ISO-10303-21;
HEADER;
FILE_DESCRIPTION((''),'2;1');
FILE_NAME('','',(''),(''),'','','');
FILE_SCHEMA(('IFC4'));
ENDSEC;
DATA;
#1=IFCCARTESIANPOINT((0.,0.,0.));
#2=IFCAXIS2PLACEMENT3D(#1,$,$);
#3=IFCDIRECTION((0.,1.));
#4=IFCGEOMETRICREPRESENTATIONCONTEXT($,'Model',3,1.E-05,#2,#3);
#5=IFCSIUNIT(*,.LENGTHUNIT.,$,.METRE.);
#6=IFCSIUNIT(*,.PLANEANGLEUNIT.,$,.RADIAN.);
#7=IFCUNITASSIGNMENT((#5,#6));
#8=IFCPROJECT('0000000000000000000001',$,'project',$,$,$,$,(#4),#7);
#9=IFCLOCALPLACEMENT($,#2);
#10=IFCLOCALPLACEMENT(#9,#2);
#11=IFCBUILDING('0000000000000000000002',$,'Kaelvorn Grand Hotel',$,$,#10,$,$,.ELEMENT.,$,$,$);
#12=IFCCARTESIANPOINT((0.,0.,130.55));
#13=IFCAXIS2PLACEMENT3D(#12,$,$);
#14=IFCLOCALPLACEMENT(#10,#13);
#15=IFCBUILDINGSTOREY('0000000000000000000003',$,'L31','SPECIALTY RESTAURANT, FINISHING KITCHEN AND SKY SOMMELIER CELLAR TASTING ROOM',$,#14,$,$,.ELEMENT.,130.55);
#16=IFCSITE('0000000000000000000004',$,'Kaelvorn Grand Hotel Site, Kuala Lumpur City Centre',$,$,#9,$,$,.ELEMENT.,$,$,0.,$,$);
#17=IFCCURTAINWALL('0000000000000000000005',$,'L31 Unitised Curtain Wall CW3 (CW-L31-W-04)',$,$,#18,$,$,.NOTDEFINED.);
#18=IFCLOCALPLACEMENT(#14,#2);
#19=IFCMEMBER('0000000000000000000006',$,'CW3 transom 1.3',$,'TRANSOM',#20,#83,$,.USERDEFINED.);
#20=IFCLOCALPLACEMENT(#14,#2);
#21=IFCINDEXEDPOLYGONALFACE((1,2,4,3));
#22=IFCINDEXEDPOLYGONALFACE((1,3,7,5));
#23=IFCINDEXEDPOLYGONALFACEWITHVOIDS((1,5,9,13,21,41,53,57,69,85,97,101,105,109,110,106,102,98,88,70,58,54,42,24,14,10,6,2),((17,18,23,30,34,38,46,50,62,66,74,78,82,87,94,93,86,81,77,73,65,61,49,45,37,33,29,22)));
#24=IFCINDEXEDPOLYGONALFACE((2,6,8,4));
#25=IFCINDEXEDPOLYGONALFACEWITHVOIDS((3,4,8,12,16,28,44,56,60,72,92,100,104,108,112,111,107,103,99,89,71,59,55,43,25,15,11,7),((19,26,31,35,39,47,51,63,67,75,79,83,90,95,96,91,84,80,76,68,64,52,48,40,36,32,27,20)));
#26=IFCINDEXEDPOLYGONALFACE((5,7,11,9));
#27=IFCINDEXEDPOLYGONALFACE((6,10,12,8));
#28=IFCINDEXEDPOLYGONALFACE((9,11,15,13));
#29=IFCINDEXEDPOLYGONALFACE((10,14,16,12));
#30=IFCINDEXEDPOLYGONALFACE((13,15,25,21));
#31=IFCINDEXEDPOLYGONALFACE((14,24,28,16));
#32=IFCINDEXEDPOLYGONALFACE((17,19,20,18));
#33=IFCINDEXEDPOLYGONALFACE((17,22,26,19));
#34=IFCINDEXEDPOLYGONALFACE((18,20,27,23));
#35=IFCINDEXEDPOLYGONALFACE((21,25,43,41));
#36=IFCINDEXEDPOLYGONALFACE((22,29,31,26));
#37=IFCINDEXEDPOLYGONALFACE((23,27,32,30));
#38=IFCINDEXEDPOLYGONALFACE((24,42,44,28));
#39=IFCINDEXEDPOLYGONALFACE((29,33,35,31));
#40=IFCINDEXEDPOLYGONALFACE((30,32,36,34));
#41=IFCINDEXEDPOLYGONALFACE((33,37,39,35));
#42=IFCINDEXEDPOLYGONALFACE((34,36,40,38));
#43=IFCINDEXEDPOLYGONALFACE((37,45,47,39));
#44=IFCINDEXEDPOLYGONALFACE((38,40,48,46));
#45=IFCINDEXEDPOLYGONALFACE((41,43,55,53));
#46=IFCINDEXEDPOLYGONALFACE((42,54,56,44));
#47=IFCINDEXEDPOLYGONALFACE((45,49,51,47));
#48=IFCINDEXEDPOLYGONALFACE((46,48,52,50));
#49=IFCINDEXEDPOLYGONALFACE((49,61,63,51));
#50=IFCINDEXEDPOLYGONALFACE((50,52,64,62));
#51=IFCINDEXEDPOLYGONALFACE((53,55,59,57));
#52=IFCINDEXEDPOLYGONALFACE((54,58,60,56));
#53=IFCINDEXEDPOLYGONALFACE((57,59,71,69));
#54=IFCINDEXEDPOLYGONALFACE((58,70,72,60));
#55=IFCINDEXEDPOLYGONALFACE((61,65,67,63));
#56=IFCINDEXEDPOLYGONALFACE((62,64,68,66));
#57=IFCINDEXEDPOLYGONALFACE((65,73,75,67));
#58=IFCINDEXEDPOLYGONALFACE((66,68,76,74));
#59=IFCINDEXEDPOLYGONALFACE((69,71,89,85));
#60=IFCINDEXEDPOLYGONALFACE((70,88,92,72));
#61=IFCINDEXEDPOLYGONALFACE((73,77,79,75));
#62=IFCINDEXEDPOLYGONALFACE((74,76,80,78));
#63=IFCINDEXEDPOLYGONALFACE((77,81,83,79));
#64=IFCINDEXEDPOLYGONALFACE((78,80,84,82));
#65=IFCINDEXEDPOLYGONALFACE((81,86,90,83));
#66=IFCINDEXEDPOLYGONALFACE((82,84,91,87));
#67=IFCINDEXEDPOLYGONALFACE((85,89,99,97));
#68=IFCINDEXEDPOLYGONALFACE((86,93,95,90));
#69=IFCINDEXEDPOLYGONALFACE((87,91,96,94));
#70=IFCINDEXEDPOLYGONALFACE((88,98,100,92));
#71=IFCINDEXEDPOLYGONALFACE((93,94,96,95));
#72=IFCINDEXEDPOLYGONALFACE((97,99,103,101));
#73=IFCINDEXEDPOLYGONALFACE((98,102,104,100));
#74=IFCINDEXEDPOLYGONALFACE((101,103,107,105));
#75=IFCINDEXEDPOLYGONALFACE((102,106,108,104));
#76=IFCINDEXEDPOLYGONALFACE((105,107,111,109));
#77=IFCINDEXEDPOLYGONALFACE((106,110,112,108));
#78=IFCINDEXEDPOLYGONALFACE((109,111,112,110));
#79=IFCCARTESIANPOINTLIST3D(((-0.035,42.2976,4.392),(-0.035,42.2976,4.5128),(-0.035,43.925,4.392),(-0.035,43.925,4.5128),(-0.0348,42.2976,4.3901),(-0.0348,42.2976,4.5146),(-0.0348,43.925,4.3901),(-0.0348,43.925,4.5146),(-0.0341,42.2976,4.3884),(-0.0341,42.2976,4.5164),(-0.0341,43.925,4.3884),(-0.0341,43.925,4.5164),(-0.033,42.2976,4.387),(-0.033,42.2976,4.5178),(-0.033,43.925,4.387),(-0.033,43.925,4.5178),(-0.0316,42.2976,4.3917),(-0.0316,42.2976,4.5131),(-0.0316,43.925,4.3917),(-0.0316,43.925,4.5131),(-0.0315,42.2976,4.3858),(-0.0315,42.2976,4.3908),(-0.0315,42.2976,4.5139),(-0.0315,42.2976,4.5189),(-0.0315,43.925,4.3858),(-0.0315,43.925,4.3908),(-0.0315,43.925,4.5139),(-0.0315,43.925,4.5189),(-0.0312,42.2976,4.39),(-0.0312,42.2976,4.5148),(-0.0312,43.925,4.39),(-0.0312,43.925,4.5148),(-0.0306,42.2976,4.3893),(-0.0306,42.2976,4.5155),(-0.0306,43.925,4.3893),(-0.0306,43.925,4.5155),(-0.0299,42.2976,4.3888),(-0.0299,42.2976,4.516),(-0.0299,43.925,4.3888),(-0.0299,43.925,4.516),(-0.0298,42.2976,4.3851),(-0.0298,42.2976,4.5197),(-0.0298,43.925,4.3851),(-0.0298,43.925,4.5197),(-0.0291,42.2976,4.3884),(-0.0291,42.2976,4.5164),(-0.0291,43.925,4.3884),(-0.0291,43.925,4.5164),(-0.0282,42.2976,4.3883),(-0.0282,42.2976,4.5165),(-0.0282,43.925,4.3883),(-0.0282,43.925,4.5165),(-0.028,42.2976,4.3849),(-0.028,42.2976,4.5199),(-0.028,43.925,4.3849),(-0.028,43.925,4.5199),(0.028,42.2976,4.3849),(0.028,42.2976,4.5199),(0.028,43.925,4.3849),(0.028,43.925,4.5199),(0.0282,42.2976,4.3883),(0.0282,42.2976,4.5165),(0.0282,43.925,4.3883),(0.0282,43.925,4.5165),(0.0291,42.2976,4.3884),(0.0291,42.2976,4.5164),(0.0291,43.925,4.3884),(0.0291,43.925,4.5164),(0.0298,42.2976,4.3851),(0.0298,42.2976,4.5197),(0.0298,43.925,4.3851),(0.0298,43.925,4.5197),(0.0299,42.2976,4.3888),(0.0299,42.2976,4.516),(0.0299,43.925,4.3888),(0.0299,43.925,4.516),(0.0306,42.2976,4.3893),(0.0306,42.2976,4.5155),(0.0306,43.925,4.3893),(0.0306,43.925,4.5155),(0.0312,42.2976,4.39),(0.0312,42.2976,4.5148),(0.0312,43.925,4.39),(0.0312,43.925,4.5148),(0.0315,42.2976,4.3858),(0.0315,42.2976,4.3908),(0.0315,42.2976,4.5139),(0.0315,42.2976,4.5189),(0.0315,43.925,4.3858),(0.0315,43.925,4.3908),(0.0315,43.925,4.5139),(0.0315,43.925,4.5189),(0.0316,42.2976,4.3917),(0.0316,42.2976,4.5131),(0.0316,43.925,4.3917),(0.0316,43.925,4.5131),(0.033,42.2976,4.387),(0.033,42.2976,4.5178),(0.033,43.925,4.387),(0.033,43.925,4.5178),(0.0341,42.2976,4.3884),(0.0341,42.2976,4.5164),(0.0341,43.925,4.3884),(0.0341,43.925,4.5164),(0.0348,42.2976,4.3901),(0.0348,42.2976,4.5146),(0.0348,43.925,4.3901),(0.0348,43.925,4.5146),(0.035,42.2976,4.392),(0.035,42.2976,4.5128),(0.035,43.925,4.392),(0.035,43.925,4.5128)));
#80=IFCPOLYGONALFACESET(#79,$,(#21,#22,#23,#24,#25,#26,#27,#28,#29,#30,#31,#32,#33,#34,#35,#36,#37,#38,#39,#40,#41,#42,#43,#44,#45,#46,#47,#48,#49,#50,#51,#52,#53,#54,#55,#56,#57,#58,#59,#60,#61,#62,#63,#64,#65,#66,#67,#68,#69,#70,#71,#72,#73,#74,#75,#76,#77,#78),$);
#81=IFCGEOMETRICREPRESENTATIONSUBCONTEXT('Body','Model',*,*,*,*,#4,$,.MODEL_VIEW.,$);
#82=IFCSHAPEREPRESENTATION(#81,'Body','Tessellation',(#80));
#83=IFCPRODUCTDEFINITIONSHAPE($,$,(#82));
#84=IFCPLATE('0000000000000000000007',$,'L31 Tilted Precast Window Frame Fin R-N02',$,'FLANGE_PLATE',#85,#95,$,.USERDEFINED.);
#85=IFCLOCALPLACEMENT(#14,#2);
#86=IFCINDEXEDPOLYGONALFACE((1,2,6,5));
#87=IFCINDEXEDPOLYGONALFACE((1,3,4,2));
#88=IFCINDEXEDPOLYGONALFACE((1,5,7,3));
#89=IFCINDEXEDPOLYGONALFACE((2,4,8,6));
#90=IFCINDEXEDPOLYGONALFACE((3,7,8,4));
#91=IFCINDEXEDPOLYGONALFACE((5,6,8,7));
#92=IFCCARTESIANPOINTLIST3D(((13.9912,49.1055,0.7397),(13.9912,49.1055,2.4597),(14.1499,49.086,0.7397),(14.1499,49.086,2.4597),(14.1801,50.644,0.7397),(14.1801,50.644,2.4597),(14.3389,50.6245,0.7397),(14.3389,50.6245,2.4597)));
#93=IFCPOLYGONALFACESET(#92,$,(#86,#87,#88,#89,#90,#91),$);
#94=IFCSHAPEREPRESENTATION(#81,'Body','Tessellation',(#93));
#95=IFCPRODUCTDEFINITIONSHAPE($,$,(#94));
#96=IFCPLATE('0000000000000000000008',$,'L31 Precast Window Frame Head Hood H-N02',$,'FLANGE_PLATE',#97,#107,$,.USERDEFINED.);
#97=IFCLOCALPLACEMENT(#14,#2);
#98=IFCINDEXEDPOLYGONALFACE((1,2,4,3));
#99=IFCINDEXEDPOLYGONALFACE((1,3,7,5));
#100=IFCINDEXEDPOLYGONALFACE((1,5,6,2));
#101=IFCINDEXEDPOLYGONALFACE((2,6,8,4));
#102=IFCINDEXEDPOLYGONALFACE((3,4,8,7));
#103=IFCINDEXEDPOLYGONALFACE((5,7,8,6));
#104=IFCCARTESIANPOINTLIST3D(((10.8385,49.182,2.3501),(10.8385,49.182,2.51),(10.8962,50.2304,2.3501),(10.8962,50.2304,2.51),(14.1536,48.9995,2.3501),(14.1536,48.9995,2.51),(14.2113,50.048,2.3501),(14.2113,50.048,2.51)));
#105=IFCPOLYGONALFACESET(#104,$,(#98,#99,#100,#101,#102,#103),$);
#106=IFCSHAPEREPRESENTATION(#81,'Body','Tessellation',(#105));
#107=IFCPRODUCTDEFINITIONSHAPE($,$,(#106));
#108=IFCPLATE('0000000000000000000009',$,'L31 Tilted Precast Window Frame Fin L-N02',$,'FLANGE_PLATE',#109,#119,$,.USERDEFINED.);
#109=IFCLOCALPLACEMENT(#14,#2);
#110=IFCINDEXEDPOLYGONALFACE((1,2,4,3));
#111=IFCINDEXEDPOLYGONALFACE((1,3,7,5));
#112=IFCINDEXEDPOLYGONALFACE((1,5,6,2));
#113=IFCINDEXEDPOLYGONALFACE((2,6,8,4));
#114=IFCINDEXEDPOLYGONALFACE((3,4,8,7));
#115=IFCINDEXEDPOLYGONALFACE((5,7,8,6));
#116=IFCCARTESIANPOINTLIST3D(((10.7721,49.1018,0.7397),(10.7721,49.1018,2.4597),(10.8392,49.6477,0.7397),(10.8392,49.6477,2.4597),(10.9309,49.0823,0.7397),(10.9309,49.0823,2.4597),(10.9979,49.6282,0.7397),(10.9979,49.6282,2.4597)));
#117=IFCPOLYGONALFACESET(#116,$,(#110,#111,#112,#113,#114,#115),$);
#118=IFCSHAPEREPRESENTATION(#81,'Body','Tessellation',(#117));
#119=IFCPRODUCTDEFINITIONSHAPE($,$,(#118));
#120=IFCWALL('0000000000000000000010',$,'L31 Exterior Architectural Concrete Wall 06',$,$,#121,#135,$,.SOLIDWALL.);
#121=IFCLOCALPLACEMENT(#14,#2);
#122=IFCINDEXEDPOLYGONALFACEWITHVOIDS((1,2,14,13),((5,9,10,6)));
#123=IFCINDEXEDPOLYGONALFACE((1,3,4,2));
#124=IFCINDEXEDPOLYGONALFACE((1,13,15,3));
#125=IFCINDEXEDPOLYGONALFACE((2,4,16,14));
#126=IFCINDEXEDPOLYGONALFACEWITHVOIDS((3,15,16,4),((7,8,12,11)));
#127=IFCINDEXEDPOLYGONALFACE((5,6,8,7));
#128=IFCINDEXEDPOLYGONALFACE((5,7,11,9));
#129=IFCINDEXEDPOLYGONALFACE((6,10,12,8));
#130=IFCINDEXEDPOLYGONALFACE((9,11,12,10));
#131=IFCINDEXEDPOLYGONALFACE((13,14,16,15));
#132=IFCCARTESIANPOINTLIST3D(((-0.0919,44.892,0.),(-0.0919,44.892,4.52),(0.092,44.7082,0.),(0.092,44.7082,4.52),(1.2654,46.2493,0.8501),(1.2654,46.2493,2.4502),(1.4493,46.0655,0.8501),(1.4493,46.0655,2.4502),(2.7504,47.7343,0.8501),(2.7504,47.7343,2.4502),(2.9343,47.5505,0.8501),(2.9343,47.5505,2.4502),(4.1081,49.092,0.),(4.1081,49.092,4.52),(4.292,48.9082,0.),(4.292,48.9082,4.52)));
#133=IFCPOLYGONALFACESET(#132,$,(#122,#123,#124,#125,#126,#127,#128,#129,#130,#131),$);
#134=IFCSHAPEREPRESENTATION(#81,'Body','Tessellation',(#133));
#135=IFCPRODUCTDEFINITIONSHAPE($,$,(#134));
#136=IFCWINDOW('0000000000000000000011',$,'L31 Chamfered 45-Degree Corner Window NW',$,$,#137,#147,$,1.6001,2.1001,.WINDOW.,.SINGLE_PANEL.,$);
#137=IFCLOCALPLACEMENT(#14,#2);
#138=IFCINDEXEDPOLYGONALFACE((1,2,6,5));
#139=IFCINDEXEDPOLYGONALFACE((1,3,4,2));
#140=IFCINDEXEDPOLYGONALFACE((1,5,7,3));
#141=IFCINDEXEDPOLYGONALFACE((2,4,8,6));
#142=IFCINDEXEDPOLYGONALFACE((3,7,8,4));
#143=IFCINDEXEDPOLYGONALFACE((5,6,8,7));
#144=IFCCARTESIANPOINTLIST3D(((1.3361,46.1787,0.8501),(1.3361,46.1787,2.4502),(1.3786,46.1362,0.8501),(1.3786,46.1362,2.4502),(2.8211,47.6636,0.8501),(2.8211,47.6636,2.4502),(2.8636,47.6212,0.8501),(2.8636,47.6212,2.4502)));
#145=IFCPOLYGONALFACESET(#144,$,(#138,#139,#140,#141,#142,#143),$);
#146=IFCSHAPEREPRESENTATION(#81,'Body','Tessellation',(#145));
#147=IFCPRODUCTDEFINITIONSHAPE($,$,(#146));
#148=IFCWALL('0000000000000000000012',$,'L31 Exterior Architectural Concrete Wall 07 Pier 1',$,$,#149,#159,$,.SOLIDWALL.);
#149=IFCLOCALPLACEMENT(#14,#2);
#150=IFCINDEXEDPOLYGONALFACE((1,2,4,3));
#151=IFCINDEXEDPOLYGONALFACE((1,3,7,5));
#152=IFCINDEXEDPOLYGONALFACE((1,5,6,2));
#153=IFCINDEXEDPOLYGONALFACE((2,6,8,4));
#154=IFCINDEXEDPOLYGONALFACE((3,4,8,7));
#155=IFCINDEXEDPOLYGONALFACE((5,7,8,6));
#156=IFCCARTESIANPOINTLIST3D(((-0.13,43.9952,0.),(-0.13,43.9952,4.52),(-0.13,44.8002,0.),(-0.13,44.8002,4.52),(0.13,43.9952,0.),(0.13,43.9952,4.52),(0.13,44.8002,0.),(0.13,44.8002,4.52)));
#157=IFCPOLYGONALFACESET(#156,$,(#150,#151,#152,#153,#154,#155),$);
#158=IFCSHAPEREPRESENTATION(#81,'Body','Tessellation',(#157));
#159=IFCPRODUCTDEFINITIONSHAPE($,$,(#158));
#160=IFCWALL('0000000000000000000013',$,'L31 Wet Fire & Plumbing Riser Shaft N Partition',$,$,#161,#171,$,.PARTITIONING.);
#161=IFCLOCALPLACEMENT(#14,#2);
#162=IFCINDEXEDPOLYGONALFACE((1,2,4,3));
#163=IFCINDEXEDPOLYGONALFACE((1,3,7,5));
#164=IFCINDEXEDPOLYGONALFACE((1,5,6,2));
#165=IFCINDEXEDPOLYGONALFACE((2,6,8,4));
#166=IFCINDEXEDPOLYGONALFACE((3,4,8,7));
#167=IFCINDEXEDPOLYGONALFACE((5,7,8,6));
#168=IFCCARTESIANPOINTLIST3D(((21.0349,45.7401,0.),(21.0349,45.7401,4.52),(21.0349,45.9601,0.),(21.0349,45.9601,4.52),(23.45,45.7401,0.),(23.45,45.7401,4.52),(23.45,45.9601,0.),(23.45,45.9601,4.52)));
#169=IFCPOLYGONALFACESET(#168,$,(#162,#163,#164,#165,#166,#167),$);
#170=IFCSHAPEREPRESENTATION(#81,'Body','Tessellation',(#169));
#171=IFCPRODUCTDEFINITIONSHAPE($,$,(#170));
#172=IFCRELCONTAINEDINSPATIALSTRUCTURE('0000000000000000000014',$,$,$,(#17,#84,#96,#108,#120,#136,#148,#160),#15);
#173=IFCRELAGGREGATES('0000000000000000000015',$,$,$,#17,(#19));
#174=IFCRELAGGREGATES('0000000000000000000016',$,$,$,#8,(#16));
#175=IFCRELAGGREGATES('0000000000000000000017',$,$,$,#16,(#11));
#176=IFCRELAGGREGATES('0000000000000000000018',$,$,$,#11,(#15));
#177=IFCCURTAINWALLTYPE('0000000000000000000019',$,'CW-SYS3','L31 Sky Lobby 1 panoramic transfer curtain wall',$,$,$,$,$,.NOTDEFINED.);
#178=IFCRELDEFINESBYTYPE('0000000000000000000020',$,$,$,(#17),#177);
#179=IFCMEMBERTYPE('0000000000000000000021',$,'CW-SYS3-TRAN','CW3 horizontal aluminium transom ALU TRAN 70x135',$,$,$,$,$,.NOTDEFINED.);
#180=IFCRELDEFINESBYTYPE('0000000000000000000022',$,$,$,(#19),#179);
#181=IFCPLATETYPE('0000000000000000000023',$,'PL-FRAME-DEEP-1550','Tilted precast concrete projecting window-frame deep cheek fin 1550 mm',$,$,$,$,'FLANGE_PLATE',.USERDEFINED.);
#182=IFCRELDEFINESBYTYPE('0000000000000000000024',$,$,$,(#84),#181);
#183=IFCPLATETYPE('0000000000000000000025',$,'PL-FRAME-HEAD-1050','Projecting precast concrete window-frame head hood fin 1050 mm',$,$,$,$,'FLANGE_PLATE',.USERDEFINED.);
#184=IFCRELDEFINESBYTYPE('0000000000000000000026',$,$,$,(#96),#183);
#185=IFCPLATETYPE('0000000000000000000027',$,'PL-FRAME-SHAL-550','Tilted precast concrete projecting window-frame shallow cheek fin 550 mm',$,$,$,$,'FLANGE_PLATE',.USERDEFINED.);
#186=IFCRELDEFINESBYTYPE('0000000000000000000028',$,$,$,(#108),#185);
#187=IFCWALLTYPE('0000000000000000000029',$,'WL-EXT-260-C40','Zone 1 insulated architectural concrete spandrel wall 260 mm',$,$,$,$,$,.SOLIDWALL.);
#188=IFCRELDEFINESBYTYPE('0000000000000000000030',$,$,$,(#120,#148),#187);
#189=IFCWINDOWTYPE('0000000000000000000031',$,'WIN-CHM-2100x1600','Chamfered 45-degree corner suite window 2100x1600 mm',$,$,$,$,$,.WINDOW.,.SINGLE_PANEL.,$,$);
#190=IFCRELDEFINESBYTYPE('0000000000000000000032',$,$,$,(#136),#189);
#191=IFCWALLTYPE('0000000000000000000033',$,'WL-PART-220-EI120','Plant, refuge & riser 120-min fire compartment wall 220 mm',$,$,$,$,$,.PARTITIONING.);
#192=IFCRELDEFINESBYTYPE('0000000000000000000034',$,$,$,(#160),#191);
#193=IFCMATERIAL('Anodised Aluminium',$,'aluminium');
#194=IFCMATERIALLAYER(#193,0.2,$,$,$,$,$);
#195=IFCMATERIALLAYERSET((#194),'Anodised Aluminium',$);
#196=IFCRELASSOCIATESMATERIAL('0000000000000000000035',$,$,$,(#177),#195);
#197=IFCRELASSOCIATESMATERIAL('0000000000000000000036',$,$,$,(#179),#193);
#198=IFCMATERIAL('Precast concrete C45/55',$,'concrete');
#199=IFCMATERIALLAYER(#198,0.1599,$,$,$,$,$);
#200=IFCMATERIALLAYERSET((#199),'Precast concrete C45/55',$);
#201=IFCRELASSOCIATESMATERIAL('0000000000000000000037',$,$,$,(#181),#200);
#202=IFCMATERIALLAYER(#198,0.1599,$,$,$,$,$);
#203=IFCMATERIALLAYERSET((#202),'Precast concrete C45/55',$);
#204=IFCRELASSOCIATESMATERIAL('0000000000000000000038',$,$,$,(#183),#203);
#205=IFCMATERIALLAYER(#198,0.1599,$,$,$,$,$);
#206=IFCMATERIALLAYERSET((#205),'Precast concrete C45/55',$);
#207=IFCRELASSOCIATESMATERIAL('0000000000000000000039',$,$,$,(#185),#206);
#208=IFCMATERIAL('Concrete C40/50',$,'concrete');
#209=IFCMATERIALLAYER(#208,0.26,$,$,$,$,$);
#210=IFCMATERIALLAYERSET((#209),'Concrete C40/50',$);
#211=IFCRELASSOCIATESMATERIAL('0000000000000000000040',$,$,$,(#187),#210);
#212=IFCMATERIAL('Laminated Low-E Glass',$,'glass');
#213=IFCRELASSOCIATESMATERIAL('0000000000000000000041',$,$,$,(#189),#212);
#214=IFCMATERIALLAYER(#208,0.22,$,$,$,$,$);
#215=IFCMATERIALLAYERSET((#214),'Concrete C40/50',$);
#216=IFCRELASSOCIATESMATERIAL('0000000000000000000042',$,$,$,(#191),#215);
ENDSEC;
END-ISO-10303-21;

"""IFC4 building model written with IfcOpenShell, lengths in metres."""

from ifc_helpers import new_model, si_unit, direction, frame, frame_2d, origin, origin_2d, place, context, subcontext, project, spatial, rectangle, hollow_rectangle, extrude, material, layer, layer_set, material_profile, profile_set, type_object, element, fill, aggregate, save


model = new_model("IFC4")

# Units and contexts
model_context = context("Model", 3, precision=1e-05, world=origin(), true_north=direction((0.0, 1.0)))
body_context = subcontext(model_context, "Body", "Model", "MODEL_VIEW")
ifc_project = project(units=[si_unit("LENGTHUNIT", "METRE"), si_unit("PLANEANGLEUNIT", "RADIAN")], contexts=[model_context])

# Site, building, storey
site_placement = place(None, origin())
site = spatial("IfcSite", under=ifc_project, at=site_placement, Name="Kaelvorn Grand Hotel Site, Kuala Lumpur City Centre", CompositionType="ELEMENT", RefElevation=0.0)
building_placement = place(site_placement, origin())
building = spatial("IfcBuilding", under=site, at=building_placement, Name="Kaelvorn Grand Hotel", CompositionType="ELEMENT")
storey_placement = place(building_placement, frame((0.0, 0.0, 130.55)))
storey = spatial("IfcBuildingStorey", under=building, at=storey_placement, Name="L31", Description="SPECIALTY RESTAURANT, FINISHING KITCHEN AND SKY SOMMELIER CELLAR TASTING ROOM", CompositionType="ELEMENT", Elevation=130.55)

# Curtain wall, member
ifc_material_1 = material(Name="Anodised Aluminium", Category="aluminium")
ifc_layer_1 = layer(ifc_material_1, 0.2)
ifc_layer_set_1 = layer_set([ifc_layer_1], Name="Anodised Aluminium")
curtain_wall_type = type_object("IfcCurtainWallType", Name="CW-SYS3", Description="L31 Sky Lobby 1 panoramic transfer curtain wall", PredefinedType="NOTDEFINED", material=ifc_layer_set_1)
curtain_wall_placement = place(storey_placement, origin())
curtain_wall = element("IfcCurtainWall", 1, at=curtain_wall_placement, inside=storey, type_object=curtain_wall_type, Name="L31 Unitised Curtain Wall CW3 (CW-L31-W-04)", PredefinedType="NOTDEFINED")
ifc_material_profile_1 = material_profile(ifc_material_1, hollow_rectangle(XDim=0.0701, YDim=0.135, WallThickness=0.0034, InnerFilletRadius=0.0034, OuterFilletRadius=0.0071, at=origin_2d()), Name="ALU TRAN 70x135")
ifc_profile_set_1 = profile_set([ifc_material_profile_1], Name="Anodised Aluminium")
member_type_1 = type_object("IfcMemberType", Name="CW-SYS3-TRAN", Description="CW3 horizontal aluminium transom ALU TRAN 70x135", PredefinedType="NOTDEFINED", material=ifc_profile_set_1)
member_1_placement = place(storey_placement, frame((0.0, 43.925, 4.4524), z_axis=(0.0, -1.0, 0.0), x_axis=(1.0, 0.0, 0.0)))
member_1 = element("IfcMember", 2, at=member_1_placement, type_object=member_type_1, Name="CW3 transom 1.3", ObjectType="TRANSOM", PredefinedType="USERDEFINED", context=body_context, shape_type="SweptSolid", body=[
    extrude(hollow_rectangle(XDim=0.0701, YDim=0.135, WallThickness=0.0034, InnerFilletRadius=0.0034, OuterFilletRadius=0.0071, at=origin_2d()), origin(), (0.0, 0.0, 1.0), 1.6274),
])
aggregate(curtain_wall, [member_1])

# Plates
ifc_material_2 = material(Name="Precast concrete C45/55", Category="concrete")
ifc_layer_2 = layer(ifc_material_2, 0.1599)
ifc_layer_set_2 = layer_set([ifc_layer_2], Name="Precast concrete C45/55")
plate_type_1 = type_object("IfcPlateType", Name="PL-FRAME-DEEP-1550", Description="Tilted precast concrete projecting window-frame deep cheek fin 1550 mm", ElementType="FLANGE_PLATE", PredefinedType="USERDEFINED", material=ifc_layer_set_2)
plate_1_placement = place(storey_placement, frame((14.165, 49.865, 0.7397), z_axis=(0.0, 0.0, 1.0), x_axis=(0.992546, -0.121869, 0.0)))
element("IfcPlate", 3, at=plate_1_placement, inside=storey, type_object=plate_type_1, Name="L31 Tilted Precast Window Frame Fin R-N02", ObjectType="FLANGE_PLATE", PredefinedType="USERDEFINED", context=body_context, shape_type="SweptSolid", body=[
    extrude(rectangle(XDim=0.1599, YDim=1.55, at=origin_2d()), origin(), (0.0, 0.0, 1.0), 1.72),
])
ifc_layer_3 = layer(ifc_material_2, 0.1599)
ifc_layer_set_3 = layer_set([ifc_layer_3], Name="Precast concrete C45/55")
plate_type_2 = type_object("IfcPlateType", Name="PL-FRAME-HEAD-1050", Description="Projecting precast concrete window-frame head hood fin 1050 mm", ElementType="FLANGE_PLATE", PredefinedType="USERDEFINED", material=ifc_layer_set_3)
plate_2_placement = place(storey_placement, frame((12.5249, 49.615, 2.3501), z_axis=(0.0, 0.0, 1.0), x_axis=(0.998489, -0.05495, 0.0)))
element("IfcPlate", 4, at=plate_2_placement, inside=storey, type_object=plate_type_2, Name="L31 Precast Window Frame Head Hood H-N02", ObjectType="FLANGE_PLATE", PredefinedType="USERDEFINED", context=body_context, shape_type="SweptSolid", body=[
    extrude(rectangle(XDim=3.3201, YDim=1.05, at=origin_2d()), origin(), (0.0, 0.0, 1.0), 0.1599),
])
ifc_layer_4 = layer(ifc_material_2, 0.1599)
ifc_layer_set_4 = layer_set([ifc_layer_4], Name="Precast concrete C45/55")
plate_type_3 = type_object("IfcPlateType", Name="PL-FRAME-SHAL-550", Description="Tilted precast concrete projecting window-frame shallow cheek fin 550 mm", ElementType="FLANGE_PLATE", PredefinedType="USERDEFINED", material=ifc_layer_set_4)
plate_3_placement = place(storey_placement, frame((10.885, 49.365, 0.7397), z_axis=(0.0, 0.0, 1.0), x_axis=(0.992546, -0.121869, 0.0)))
element("IfcPlate", 5, at=plate_3_placement, inside=storey, type_object=plate_type_3, Name="L31 Tilted Precast Window Frame Fin L-N02", ObjectType="FLANGE_PLATE", PredefinedType="USERDEFINED", context=body_context, shape_type="SweptSolid", body=[
    extrude(rectangle(XDim=0.1599, YDim=0.55, at=origin_2d()), origin(), (0.0, 0.0, 1.0), 1.72),
])

# Wall, opening, window
ifc_material_3 = material(Name="Concrete C40/50", Category="concrete")
ifc_layer_5 = layer(ifc_material_3, 0.26)
ifc_layer_set_5 = layer_set([ifc_layer_5], Name="Concrete C40/50")
wall_type_1 = type_object("IfcWallType", Name="WL-EXT-260-C40", Description="Zone 1 insulated architectural concrete spandrel wall 260 mm", PredefinedType="SOLIDWALL", material=ifc_layer_set_5)
wall_1_placement = place(storey_placement, frame((4.2, 49.0, 0.0), z_axis=(0.0, 0.0, 1.0), x_axis=(-0.707107, -0.707107, 0.0)))
wall_1 = element("IfcWall", 6, at=wall_1_placement, inside=storey, type_object=wall_type_1, Name="L31 Exterior Architectural Concrete Wall 06", PredefinedType="SOLIDWALL", context=body_context, shape_type="SweptSolid", body=[
    extrude(rectangle(XDim=5.9397, YDim=0.26, at=frame_2d((2.9697, 0.0))), origin(), (0.0, 0.0, 1.0), 4.52),
])
opening_placement = place(wall_1_placement, frame((1.9199, 0.0, 0.8501)))
opening = element("IfcOpeningElement", 7, at=opening_placement, cuts=wall_1, PredefinedType="OPENING", context=body_context, shape_type="SweptSolid", body=[
    extrude(rectangle(XDim=2.1001, YDim=1.6001, at=frame_2d((1.05, 0.8))), frame((0.0, 0.1401, 0.0), z_axis=(0.0, -1.0, 0.0), x_axis=(1.0, 0.0, 0.0)), (0.0, 0.0, 1.0), 0.28),
])
ifc_material_4 = material(Name="Laminated Low-E Glass", Category="glass")
window_type = type_object("IfcWindowType", Name="WIN-CHM-2100x1600", Description="Chamfered 45-degree corner suite window 2100x1600 mm", PartitioningType="SINGLE_PANEL", PredefinedType="WINDOW", material=ifc_material_4)
window_placement = place(opening_placement, origin())
window = element("IfcWindow", 8, at=window_placement, inside=storey, type_object=window_type, Name="L31 Chamfered 45-Degree Corner Window NW", OverallHeight=1.6001, OverallWidth=2.1001, PartitioningType="SINGLE_PANEL", PredefinedType="WINDOW", context=body_context, shape_type="SweptSolid", body=[
    extrude(rectangle(XDim=2.1001, YDim=1.6001, at=frame_2d((1.05, 0.8))), frame((0.0, 0.03, 0.0), z_axis=(0.0, -1.0, 0.0), x_axis=(1.0, 0.0, 0.0)), (0.0, 0.0, 1.0), 0.0601),
])
fill(opening, window)

# Walls
wall_2_placement = place(storey_placement, frame((0.0, 44.8, 0.0), z_axis=(0.0, 0.0, 1.0), x_axis=(0.0, -1.0, 0.0)))
element("IfcWall", 9, at=wall_2_placement, inside=storey, type_object=wall_type_1, Name="L31 Exterior Architectural Concrete Wall 07 Pier 1", PredefinedType="SOLIDWALL", context=body_context, shape_type="SweptSolid", body=[
    extrude(rectangle(XDim=0.8049, YDim=0.26, at=frame_2d((0.4023, 0.0))), origin(), (0.0, 0.0, 1.0), 4.52),
])
ifc_layer_6 = layer(ifc_material_3, 0.22)
ifc_layer_set_6 = layer_set([ifc_layer_6], Name="Concrete C40/50")
wall_type_2 = type_object("IfcWallType", Name="WL-PART-220-EI120", Description="Plant, refuge & riser 120-min fire compartment wall 220 mm", PredefinedType="PARTITIONING", material=ifc_layer_set_6)
wall_3_placement = place(storey_placement, frame((21.0349, 45.8501, 0.0), z_axis=(0.0, 0.0, 1.0), x_axis=(1.0, 0.0, 0.0)))
element("IfcWall", 10, at=wall_3_placement, inside=storey, type_object=wall_type_2, Name="L31 Wet Fire & Plumbing Riser Shaft N Partition", PredefinedType="PARTITIONING", context=body_context, shape_type="SweptSolid", body=[
    extrude(rectangle(XDim=2.415, YDim=0.22, at=frame_2d((1.2075, 0.0))), origin(), (0.0, 0.0, 1.0), 4.52),
])

save(model, "model.ifc")
